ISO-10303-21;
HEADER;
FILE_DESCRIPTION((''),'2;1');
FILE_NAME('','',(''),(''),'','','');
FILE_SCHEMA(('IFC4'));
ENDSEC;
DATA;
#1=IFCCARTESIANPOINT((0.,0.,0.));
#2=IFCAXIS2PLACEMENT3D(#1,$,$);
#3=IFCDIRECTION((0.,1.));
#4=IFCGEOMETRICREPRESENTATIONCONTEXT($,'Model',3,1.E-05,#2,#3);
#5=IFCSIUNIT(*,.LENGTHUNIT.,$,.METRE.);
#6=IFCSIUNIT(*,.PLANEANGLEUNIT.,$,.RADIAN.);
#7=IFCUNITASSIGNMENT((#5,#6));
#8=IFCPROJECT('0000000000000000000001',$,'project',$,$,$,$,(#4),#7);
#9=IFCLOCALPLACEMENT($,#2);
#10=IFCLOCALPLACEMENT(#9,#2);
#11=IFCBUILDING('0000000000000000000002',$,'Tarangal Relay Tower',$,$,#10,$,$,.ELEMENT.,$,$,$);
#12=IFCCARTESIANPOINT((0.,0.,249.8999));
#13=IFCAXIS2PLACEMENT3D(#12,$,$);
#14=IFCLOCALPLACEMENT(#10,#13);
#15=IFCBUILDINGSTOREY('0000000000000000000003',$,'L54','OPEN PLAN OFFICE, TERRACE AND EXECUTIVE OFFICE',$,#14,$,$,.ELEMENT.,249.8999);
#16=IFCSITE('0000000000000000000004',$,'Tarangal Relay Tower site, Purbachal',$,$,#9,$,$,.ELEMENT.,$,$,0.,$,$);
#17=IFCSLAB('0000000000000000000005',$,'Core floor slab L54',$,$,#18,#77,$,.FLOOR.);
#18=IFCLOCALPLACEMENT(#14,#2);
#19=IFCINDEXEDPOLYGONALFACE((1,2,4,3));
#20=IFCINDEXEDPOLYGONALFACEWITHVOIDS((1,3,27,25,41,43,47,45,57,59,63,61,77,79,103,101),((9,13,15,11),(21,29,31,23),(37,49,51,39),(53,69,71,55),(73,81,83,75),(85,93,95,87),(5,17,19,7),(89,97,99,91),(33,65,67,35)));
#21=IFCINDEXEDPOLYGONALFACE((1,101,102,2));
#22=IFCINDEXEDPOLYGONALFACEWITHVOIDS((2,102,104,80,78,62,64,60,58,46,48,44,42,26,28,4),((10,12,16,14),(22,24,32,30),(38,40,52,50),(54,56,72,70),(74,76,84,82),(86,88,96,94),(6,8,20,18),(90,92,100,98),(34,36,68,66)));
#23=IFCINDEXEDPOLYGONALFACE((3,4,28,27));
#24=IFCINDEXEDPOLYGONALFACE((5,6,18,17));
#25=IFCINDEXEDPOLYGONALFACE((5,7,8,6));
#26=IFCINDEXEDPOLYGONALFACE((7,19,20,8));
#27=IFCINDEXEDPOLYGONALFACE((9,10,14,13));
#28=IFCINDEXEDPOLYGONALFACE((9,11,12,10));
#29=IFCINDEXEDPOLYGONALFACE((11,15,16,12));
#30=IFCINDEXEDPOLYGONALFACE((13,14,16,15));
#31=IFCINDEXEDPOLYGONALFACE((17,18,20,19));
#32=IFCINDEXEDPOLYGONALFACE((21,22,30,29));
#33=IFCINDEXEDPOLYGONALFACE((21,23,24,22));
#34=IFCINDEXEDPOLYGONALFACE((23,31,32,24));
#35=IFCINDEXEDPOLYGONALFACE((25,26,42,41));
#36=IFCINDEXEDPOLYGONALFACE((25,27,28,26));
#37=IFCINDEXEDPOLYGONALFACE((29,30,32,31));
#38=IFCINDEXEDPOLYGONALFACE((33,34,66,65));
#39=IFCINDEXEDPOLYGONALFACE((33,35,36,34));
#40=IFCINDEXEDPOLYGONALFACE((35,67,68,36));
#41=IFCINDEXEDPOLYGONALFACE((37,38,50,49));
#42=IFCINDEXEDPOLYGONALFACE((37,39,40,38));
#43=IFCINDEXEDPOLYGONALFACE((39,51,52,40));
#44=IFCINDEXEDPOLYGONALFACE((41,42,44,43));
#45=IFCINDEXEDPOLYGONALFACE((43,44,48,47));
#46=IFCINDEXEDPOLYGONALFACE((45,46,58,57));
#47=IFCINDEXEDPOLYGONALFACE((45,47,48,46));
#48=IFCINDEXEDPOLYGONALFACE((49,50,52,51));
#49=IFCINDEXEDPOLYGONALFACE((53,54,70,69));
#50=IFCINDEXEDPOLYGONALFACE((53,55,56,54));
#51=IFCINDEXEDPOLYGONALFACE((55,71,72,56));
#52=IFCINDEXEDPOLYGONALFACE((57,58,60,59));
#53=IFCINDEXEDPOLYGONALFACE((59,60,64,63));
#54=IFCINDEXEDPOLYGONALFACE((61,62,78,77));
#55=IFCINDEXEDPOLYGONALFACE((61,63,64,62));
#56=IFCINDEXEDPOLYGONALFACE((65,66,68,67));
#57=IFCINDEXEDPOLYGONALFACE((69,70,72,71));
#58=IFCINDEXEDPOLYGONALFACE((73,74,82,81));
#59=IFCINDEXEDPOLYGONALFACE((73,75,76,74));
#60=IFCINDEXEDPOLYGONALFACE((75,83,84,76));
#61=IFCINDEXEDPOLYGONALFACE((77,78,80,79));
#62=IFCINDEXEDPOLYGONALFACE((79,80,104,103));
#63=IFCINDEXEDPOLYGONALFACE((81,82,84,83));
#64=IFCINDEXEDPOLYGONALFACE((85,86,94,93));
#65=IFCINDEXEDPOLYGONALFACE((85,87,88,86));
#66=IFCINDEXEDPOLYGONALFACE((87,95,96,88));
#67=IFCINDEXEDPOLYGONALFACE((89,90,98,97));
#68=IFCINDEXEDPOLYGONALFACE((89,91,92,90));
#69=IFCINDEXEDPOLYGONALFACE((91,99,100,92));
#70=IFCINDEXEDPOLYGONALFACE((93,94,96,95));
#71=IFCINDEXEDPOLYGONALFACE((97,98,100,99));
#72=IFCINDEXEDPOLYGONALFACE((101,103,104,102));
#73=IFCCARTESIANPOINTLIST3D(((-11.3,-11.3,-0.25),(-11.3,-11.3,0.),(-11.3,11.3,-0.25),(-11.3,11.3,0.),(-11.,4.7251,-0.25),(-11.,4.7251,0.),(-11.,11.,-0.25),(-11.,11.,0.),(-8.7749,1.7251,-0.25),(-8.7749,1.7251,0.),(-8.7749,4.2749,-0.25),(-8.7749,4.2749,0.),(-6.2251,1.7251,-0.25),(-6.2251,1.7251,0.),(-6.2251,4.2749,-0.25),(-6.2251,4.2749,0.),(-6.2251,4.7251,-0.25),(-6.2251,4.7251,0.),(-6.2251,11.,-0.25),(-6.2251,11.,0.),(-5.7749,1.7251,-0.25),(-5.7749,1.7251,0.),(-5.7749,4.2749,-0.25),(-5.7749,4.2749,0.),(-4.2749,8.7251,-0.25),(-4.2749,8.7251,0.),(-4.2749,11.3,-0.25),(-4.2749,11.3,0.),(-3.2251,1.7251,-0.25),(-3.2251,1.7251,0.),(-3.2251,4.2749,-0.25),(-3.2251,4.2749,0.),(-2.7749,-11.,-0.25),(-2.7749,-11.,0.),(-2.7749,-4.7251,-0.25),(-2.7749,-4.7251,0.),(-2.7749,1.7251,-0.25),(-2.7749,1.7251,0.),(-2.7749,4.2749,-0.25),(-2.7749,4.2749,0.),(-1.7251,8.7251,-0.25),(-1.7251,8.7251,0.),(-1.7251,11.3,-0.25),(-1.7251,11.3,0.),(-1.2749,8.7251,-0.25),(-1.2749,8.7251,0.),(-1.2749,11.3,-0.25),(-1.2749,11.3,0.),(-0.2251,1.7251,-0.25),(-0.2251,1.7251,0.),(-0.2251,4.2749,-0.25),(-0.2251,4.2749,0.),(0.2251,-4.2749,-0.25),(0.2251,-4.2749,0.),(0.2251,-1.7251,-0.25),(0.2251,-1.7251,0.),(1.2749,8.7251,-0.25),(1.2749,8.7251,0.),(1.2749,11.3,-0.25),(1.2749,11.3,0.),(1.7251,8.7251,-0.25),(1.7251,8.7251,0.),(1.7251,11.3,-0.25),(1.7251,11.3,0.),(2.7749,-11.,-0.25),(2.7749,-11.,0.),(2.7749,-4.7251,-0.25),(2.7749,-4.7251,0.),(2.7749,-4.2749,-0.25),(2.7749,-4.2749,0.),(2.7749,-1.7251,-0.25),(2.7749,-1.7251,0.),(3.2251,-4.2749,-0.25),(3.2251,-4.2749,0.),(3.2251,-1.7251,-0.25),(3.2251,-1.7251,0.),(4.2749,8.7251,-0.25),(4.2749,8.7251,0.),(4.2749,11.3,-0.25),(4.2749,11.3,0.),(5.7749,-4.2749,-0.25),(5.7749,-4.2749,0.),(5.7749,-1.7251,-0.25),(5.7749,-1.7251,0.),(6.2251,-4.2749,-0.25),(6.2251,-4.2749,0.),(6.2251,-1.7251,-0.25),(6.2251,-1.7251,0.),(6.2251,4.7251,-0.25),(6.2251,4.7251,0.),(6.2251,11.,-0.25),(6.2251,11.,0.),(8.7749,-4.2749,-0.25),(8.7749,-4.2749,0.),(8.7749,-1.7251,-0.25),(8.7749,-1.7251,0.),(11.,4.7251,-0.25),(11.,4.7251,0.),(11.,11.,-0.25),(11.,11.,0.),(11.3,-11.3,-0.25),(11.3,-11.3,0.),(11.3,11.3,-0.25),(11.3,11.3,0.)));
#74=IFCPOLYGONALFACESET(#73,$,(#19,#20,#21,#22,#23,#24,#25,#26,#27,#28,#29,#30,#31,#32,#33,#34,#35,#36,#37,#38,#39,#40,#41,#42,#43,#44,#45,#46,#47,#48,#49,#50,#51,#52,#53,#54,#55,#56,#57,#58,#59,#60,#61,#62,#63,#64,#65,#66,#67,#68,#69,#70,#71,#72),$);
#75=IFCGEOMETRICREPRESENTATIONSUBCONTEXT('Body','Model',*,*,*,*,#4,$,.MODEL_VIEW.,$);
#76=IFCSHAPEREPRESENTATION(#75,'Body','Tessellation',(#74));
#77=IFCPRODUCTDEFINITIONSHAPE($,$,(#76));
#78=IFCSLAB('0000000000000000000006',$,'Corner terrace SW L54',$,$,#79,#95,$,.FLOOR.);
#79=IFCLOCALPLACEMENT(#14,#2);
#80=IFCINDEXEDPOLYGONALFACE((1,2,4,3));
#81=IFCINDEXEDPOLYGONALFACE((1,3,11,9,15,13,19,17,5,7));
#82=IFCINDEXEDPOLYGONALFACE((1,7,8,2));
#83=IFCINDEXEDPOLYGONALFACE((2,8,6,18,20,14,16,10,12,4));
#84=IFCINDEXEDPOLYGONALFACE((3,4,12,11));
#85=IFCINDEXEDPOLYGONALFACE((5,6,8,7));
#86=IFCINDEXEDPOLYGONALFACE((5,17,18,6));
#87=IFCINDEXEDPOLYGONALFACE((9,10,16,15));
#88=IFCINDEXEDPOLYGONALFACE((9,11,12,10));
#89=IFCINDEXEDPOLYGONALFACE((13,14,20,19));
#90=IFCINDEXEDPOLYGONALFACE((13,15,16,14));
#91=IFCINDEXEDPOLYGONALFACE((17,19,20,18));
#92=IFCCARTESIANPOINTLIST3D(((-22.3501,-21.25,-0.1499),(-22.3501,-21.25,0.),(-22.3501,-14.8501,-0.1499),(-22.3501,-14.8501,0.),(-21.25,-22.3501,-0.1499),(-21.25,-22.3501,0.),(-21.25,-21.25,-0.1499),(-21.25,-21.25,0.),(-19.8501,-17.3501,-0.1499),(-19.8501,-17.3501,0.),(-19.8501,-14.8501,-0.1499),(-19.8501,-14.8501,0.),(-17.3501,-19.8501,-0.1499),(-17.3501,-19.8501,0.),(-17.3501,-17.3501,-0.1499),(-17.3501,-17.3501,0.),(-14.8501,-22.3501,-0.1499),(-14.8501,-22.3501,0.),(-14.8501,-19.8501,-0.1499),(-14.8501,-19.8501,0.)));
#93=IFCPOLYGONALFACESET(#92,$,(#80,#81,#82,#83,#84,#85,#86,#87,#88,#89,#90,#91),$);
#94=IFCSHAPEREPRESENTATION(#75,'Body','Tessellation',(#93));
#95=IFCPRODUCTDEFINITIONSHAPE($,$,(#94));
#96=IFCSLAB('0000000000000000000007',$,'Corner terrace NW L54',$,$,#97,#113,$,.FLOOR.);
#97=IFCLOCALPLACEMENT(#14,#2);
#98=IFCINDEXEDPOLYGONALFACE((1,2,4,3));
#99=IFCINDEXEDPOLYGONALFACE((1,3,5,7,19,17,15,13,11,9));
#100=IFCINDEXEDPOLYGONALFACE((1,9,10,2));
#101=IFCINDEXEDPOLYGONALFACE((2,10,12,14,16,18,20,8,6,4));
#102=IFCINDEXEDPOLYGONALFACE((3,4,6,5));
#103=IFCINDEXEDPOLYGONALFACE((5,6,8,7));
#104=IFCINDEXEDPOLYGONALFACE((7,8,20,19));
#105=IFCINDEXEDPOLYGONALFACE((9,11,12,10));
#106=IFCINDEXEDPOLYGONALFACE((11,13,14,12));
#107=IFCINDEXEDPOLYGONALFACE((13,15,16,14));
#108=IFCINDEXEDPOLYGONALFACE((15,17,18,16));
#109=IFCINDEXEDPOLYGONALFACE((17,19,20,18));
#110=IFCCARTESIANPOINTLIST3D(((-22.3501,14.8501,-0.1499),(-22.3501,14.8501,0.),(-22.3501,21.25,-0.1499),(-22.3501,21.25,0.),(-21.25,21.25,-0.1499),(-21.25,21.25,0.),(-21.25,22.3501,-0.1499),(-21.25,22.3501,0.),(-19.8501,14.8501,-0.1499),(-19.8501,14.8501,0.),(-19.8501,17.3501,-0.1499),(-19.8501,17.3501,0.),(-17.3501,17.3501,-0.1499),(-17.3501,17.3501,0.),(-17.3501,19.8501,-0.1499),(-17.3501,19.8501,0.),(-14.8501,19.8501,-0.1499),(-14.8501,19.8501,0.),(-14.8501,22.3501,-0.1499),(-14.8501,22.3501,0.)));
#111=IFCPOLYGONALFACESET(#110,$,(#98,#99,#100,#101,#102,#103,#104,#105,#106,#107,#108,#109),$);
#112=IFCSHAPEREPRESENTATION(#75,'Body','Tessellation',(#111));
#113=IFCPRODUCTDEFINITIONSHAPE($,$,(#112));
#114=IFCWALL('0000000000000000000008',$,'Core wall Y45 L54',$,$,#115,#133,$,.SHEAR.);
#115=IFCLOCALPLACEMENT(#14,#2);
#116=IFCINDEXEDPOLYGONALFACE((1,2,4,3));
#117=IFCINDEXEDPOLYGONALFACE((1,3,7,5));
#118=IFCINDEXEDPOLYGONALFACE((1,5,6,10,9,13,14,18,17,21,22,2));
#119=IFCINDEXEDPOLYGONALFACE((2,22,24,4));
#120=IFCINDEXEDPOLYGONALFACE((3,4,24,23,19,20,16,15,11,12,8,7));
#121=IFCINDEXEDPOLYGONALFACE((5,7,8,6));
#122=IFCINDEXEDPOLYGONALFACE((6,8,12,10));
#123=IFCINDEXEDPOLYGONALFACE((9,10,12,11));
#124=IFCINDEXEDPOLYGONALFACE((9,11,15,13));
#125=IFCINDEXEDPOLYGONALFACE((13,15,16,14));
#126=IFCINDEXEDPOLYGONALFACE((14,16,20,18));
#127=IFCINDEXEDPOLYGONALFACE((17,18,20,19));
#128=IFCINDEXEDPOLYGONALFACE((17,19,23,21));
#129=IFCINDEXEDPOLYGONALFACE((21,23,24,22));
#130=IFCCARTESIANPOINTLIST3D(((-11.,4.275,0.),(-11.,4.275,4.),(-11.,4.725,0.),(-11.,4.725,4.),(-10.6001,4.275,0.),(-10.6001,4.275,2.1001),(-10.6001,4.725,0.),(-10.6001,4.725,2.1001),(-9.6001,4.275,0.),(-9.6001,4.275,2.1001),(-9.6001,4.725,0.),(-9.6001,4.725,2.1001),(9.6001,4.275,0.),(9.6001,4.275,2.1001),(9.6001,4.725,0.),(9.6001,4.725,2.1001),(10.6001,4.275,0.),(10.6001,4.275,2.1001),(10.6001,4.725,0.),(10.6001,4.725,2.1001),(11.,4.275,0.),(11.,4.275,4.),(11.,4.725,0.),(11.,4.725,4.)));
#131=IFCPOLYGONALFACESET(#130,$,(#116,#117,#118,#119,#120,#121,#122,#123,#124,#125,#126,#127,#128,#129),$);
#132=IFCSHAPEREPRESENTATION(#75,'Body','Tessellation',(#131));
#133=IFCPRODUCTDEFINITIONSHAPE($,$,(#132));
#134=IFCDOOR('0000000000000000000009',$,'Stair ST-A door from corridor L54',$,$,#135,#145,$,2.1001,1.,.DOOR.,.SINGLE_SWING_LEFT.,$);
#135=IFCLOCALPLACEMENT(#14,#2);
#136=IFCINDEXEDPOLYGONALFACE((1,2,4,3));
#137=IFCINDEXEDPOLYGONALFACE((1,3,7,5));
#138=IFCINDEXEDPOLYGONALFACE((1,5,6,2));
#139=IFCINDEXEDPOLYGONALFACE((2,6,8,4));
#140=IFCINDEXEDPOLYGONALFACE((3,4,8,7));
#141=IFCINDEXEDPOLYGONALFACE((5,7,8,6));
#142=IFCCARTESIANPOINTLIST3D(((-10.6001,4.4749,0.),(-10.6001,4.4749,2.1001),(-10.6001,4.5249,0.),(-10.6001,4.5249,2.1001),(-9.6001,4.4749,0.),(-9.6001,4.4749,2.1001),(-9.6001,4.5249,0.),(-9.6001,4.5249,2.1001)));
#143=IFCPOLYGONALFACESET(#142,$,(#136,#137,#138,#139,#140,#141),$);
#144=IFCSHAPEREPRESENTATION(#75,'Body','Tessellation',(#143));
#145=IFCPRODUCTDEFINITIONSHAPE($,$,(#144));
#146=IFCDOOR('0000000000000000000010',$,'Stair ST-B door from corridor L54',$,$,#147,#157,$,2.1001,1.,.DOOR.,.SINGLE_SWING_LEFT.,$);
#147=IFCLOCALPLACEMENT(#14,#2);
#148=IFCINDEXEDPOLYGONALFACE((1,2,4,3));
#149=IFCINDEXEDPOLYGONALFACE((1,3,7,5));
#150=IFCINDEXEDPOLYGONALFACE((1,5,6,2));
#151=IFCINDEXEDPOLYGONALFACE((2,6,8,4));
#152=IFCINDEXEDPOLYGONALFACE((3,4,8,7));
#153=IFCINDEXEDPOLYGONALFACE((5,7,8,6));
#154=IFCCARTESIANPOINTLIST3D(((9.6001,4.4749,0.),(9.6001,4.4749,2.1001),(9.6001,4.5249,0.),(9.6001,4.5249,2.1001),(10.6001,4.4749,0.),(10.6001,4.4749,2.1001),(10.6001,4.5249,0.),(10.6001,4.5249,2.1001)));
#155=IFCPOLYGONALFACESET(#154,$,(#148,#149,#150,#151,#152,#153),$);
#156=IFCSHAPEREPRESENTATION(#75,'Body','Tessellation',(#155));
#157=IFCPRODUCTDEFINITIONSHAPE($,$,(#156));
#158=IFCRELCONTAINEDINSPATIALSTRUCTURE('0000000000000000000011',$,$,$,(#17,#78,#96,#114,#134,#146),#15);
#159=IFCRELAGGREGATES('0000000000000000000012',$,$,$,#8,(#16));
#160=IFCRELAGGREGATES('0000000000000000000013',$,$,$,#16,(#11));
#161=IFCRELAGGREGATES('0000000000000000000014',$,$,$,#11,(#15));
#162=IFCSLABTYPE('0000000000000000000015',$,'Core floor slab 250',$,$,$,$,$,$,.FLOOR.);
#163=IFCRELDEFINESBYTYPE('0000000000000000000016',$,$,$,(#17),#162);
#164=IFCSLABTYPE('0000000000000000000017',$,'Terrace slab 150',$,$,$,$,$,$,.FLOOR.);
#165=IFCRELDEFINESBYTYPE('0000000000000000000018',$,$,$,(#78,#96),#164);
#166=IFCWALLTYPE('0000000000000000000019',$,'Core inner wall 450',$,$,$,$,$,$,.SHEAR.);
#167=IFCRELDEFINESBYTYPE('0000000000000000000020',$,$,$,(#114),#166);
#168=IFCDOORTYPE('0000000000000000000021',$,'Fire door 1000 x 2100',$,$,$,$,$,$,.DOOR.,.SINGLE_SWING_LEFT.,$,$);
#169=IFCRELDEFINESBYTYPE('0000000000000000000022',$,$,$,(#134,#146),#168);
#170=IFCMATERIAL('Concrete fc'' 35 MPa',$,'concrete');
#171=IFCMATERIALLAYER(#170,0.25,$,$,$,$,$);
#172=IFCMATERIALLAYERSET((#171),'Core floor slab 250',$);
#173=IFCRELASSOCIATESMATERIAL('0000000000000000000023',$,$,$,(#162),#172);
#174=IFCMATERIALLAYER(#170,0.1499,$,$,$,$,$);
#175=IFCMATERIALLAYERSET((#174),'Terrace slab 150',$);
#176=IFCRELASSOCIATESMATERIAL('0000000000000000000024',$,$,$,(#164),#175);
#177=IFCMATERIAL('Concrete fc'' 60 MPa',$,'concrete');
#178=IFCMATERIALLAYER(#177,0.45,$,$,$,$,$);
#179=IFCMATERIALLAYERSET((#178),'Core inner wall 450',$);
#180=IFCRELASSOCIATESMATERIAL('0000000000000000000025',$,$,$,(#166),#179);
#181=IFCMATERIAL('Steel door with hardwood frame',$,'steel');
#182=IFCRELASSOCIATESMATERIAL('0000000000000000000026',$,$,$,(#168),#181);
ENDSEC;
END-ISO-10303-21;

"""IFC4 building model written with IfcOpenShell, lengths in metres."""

from ifc_helpers import new_model, si_unit, direction, frame, frame_2d, origin, place, context, subcontext, project, spatial, polyline, rectangle, outline, extrude, material, layer, layer_set, type_object, element, fill, save


model = new_model("IFC4")

# Units and contexts
model_context = context("Model", 3, precision=1e-05, world=origin(), true_north=direction((0.0, 1.0)))
body_context = subcontext(model_context, "Body", "Model", "MODEL_VIEW")
ifc_project = project(units=[si_unit("LENGTHUNIT", "METRE"), si_unit("PLANEANGLEUNIT", "RADIAN")], contexts=[model_context])

# Site, building, storey
site_placement = place(None, origin())
site = spatial("IfcSite", under=ifc_project, at=site_placement, Name="Tarangal Relay Tower site, Purbachal", CompositionType="ELEMENT", RefElevation=0.0)
building_placement = place(site_placement, origin())
building = spatial("IfcBuilding", under=site, at=building_placement, Name="Tarangal Relay Tower", CompositionType="ELEMENT")
storey_placement = place(building_placement, frame((0.0, 0.0, 249.8999)))
storey = spatial("IfcBuildingStorey", under=building, at=storey_placement, Name="L54", Description="OPEN PLAN OFFICE, TERRACE AND EXECUTIVE OFFICE", CompositionType="ELEMENT", Elevation=249.8999)

# Slabs
ifc_material_1 = material(Name="Concrete fc' 35 MPa", Category="concrete")
ifc_layer_1 = layer(ifc_material_1, 0.25)
ifc_layer_set_1 = layer_set([ifc_layer_1], Name="Core floor slab 250")
slab_type_1 = type_object("IfcSlabType", Name="Core floor slab 250", PredefinedType="FLOOR", material=ifc_layer_set_1)
slab_1_placement = place(storey_placement, frame((0.0, 0.0, -0.25)))
element("IfcSlab", 1, at=slab_1_placement, inside=storey, type_object=slab_type_1, Name="Core floor slab L54", PredefinedType="FLOOR", context=body_context, shape_type="SweptSolid", body=[
    extrude(outline(polyline([(11.3, 11.3), (11.3, -11.3), (-11.3, -11.3), (-11.3, 11.3), (-4.2749, 11.3), (-4.2749, 8.7251), (-1.7251, 8.7251), (-1.7251, 11.3), (-1.2749, 11.3), (-1.2749, 8.7251), (1.2749, 8.7251), (1.2749, 11.3), (1.7251, 11.3), (1.7251, 8.7251), (4.2749, 8.7251), (4.2749, 11.3), (11.3, 11.3)]), holes=[polyline([(-6.2251, 4.2749), (-8.7749, 4.2749), (-8.7749, 1.7251), (-6.2251, 1.7251), (-6.2251, 4.2749)]), polyline([(-3.2251, 1.7251), (-3.2251, 4.2749), (-5.7749, 4.2749), (-5.7749, 1.7251), (-3.2251, 1.7251)]), polyline([(-0.2251, 1.7251), (-0.2251, 4.2749), (-2.7749, 4.2749), (-2.7749, 1.7251), (-0.2251, 1.7251)]), polyline([(-6.2251, 11.0), (-11.0, 11.0), (-11.0, 4.7251), (-6.2251, 4.7251), (-6.2251, 11.0)]), polyline([(2.7749, -4.7251), (-2.7749, -4.7251), (-2.7749, -11.0), (2.7749, -11.0), (2.7749, -4.7251)]), polyline([(2.7749, -4.2749), (2.7749, -1.7251), (0.2251, -1.7251), (0.2251, -4.2749), (2.7749, -4.2749)]), polyline([(5.7749, -4.2749), (5.7749, -1.7251), (3.2251, -1.7251), (3.2251, -4.2749), (5.7749, -4.2749)]), polyline([(8.7749, -1.7251), (6.2251, -1.7251), (6.2251, -4.2749), (8.7749, -4.2749), (8.7749, -1.7251)]), polyline([(11.0, 4.7251), (11.0, 11.0), (6.2251, 11.0), (6.2251, 4.7251), (11.0, 4.7251)])]), origin(), (0.0, 0.0, 1.0), 0.25),
])
ifc_layer_2 = layer(ifc_material_1, 0.1499)
ifc_layer_set_2 = layer_set([ifc_layer_2], Name="Terrace slab 150")
slab_type_2 = type_object("IfcSlabType", Name="Terrace slab 150", PredefinedType="FLOOR", material=ifc_layer_set_2)
slab_2_placement = place(storey_placement, frame((0.0, 0.0, -0.1499)))
element("IfcSlab", 2, at=slab_2_placement, inside=storey, type_object=slab_type_2, Name="Corner terrace SW L54", PredefinedType="FLOOR", context=body_context, shape_type="SweptSolid", body=[
    extrude(outline(polyline([(-14.8501, -22.3501), (-14.8501, -19.8501), (-17.3501, -19.8501), (-17.3501, -17.3501), (-19.8501, -17.3501), (-19.8501, -14.8501), (-22.3501, -14.8501), (-22.3501, -21.25), (-21.25, -21.25), (-21.25, -22.3501), (-14.8501, -22.3501)])), origin(), (0.0, 0.0, 1.0), 0.1499),
])
slab_3_placement = place(storey_placement, frame((0.0, 0.0, -0.1499)))
element("IfcSlab", 3, at=slab_3_placement, inside=storey, type_object=slab_type_2, Name="Corner terrace NW L54", PredefinedType="FLOOR", context=body_context, shape_type="SweptSolid", body=[
    extrude(outline(polyline([(-22.3501, 14.8501), (-19.8501, 14.8501), (-19.8501, 17.3501), (-17.3501, 17.3501), (-17.3501, 19.8501), (-14.8501, 19.8501), (-14.8501, 22.3501), (-21.25, 22.3501), (-21.25, 21.25), (-22.3501, 21.25), (-22.3501, 14.8501)])), origin(), (0.0, 0.0, 1.0), 0.1499),
])

# Wall, openings, doors
ifc_material_2 = material(Name="Concrete fc' 60 MPa", Category="concrete")
ifc_layer_3 = layer(ifc_material_2, 0.45)
ifc_layer_set_3 = layer_set([ifc_layer_3], Name="Core inner wall 450")
wall_type = type_object("IfcWallType", Name="Core inner wall 450", PredefinedType="SHEAR", material=ifc_layer_set_3)
wall_1_placement = place(storey_placement, frame((-11.0, 4.5, 0.0), z_axis=(0.0, 0.0, 1.0), x_axis=(1.0, 0.0, 0.0)))
wall_1 = element("IfcWall", 4, at=wall_1_placement, inside=storey, type_object=wall_type, Name="Core wall Y45 L54", PredefinedType="SHEAR", context=body_context, shape_type="SweptSolid", body=[
    extrude(rectangle(XDim=22.0, YDim=0.45, at=frame_2d((11.0, 0.0))), origin(), (0.0, 0.0, 1.0), 4.0),
])
opening_1_placement = place(wall_1_placement, frame((0.3999, 0.0, 0.0)))
opening_1 = element("IfcOpeningElement", 5, at=opening_1_placement, cuts=wall_1, PredefinedType="OPENING", context=body_context, shape_type="SweptSolid", body=[
    extrude(rectangle(XDim=1.0, YDim=2.1001, at=frame_2d((0.5, 1.05))), frame((0.0, 0.2349, 0.0), z_axis=(0.0, -1.0, 0.0), x_axis=(1.0, 0.0, 0.0)), (0.0, 0.0, 1.0), 0.47),
])
opening_2_placement = place(wall_1_placement, frame((20.6001, 0.0, 0.0)))
opening_2 = element("IfcOpeningElement", 6, at=opening_2_placement, cuts=wall_1, PredefinedType="OPENING", context=body_context, shape_type="SweptSolid", body=[
    extrude(rectangle(XDim=1.0, YDim=2.1001, at=frame_2d((0.5, 1.05))), frame((0.0, 0.2349, 0.0), z_axis=(0.0, -1.0, 0.0), x_axis=(1.0, 0.0, 0.0)), (0.0, 0.0, 1.0), 0.47),
])
ifc_material_3 = material(Name="Steel door with hardwood frame", Category="steel")
door_type_1 = type_object("IfcDoorType", Name="Fire door 1000 x 2100", OperationType="SINGLE_SWING_LEFT", PredefinedType="DOOR", material=ifc_material_3)
door_1_placement = place(opening_1_placement, origin())
door_1 = element("IfcDoor", 7, at=door_1_placement, inside=storey, type_object=door_type_1, Name="Stair ST-A door from corridor L54", OperationType="SINGLE_SWING_LEFT", OverallHeight=2.1001, OverallWidth=1.0, PredefinedType="DOOR", context=body_context, shape_type="SweptSolid", body=[
    extrude(rectangle(XDim=1.0, YDim=2.1001, at=frame_2d((0.5, 1.05))), frame((0.0, 0.0249, 0.0), z_axis=(0.0, -1.0, 0.0), x_axis=(1.0, 0.0, 0.0)), (0.0, 0.0, 1.0), 0.05),
])
fill(opening_1, door_1)
door_2_placement = place(opening_2_placement, origin())
door_2 = element("IfcDoor", 8, at=door_2_placement, inside=storey, type_object=door_type_1, Name="Stair ST-B door from corridor L54", OperationType="SINGLE_SWING_LEFT", OverallHeight=2.1001, OverallWidth=1.0, PredefinedType="DOOR", context=body_context, shape_type="SweptSolid", body=[
    extrude(rectangle(XDim=1.0, YDim=2.1001, at=frame_2d((0.5, 1.05))), frame((0.0, 0.0249, 0.0), z_axis=(0.0, -1.0, 0.0), x_axis=(1.0, 0.0, 0.0)), (0.0, 0.0, 1.0), 0.05),
])
fill(opening_2, door_2)

save(model, "model.ifc")
